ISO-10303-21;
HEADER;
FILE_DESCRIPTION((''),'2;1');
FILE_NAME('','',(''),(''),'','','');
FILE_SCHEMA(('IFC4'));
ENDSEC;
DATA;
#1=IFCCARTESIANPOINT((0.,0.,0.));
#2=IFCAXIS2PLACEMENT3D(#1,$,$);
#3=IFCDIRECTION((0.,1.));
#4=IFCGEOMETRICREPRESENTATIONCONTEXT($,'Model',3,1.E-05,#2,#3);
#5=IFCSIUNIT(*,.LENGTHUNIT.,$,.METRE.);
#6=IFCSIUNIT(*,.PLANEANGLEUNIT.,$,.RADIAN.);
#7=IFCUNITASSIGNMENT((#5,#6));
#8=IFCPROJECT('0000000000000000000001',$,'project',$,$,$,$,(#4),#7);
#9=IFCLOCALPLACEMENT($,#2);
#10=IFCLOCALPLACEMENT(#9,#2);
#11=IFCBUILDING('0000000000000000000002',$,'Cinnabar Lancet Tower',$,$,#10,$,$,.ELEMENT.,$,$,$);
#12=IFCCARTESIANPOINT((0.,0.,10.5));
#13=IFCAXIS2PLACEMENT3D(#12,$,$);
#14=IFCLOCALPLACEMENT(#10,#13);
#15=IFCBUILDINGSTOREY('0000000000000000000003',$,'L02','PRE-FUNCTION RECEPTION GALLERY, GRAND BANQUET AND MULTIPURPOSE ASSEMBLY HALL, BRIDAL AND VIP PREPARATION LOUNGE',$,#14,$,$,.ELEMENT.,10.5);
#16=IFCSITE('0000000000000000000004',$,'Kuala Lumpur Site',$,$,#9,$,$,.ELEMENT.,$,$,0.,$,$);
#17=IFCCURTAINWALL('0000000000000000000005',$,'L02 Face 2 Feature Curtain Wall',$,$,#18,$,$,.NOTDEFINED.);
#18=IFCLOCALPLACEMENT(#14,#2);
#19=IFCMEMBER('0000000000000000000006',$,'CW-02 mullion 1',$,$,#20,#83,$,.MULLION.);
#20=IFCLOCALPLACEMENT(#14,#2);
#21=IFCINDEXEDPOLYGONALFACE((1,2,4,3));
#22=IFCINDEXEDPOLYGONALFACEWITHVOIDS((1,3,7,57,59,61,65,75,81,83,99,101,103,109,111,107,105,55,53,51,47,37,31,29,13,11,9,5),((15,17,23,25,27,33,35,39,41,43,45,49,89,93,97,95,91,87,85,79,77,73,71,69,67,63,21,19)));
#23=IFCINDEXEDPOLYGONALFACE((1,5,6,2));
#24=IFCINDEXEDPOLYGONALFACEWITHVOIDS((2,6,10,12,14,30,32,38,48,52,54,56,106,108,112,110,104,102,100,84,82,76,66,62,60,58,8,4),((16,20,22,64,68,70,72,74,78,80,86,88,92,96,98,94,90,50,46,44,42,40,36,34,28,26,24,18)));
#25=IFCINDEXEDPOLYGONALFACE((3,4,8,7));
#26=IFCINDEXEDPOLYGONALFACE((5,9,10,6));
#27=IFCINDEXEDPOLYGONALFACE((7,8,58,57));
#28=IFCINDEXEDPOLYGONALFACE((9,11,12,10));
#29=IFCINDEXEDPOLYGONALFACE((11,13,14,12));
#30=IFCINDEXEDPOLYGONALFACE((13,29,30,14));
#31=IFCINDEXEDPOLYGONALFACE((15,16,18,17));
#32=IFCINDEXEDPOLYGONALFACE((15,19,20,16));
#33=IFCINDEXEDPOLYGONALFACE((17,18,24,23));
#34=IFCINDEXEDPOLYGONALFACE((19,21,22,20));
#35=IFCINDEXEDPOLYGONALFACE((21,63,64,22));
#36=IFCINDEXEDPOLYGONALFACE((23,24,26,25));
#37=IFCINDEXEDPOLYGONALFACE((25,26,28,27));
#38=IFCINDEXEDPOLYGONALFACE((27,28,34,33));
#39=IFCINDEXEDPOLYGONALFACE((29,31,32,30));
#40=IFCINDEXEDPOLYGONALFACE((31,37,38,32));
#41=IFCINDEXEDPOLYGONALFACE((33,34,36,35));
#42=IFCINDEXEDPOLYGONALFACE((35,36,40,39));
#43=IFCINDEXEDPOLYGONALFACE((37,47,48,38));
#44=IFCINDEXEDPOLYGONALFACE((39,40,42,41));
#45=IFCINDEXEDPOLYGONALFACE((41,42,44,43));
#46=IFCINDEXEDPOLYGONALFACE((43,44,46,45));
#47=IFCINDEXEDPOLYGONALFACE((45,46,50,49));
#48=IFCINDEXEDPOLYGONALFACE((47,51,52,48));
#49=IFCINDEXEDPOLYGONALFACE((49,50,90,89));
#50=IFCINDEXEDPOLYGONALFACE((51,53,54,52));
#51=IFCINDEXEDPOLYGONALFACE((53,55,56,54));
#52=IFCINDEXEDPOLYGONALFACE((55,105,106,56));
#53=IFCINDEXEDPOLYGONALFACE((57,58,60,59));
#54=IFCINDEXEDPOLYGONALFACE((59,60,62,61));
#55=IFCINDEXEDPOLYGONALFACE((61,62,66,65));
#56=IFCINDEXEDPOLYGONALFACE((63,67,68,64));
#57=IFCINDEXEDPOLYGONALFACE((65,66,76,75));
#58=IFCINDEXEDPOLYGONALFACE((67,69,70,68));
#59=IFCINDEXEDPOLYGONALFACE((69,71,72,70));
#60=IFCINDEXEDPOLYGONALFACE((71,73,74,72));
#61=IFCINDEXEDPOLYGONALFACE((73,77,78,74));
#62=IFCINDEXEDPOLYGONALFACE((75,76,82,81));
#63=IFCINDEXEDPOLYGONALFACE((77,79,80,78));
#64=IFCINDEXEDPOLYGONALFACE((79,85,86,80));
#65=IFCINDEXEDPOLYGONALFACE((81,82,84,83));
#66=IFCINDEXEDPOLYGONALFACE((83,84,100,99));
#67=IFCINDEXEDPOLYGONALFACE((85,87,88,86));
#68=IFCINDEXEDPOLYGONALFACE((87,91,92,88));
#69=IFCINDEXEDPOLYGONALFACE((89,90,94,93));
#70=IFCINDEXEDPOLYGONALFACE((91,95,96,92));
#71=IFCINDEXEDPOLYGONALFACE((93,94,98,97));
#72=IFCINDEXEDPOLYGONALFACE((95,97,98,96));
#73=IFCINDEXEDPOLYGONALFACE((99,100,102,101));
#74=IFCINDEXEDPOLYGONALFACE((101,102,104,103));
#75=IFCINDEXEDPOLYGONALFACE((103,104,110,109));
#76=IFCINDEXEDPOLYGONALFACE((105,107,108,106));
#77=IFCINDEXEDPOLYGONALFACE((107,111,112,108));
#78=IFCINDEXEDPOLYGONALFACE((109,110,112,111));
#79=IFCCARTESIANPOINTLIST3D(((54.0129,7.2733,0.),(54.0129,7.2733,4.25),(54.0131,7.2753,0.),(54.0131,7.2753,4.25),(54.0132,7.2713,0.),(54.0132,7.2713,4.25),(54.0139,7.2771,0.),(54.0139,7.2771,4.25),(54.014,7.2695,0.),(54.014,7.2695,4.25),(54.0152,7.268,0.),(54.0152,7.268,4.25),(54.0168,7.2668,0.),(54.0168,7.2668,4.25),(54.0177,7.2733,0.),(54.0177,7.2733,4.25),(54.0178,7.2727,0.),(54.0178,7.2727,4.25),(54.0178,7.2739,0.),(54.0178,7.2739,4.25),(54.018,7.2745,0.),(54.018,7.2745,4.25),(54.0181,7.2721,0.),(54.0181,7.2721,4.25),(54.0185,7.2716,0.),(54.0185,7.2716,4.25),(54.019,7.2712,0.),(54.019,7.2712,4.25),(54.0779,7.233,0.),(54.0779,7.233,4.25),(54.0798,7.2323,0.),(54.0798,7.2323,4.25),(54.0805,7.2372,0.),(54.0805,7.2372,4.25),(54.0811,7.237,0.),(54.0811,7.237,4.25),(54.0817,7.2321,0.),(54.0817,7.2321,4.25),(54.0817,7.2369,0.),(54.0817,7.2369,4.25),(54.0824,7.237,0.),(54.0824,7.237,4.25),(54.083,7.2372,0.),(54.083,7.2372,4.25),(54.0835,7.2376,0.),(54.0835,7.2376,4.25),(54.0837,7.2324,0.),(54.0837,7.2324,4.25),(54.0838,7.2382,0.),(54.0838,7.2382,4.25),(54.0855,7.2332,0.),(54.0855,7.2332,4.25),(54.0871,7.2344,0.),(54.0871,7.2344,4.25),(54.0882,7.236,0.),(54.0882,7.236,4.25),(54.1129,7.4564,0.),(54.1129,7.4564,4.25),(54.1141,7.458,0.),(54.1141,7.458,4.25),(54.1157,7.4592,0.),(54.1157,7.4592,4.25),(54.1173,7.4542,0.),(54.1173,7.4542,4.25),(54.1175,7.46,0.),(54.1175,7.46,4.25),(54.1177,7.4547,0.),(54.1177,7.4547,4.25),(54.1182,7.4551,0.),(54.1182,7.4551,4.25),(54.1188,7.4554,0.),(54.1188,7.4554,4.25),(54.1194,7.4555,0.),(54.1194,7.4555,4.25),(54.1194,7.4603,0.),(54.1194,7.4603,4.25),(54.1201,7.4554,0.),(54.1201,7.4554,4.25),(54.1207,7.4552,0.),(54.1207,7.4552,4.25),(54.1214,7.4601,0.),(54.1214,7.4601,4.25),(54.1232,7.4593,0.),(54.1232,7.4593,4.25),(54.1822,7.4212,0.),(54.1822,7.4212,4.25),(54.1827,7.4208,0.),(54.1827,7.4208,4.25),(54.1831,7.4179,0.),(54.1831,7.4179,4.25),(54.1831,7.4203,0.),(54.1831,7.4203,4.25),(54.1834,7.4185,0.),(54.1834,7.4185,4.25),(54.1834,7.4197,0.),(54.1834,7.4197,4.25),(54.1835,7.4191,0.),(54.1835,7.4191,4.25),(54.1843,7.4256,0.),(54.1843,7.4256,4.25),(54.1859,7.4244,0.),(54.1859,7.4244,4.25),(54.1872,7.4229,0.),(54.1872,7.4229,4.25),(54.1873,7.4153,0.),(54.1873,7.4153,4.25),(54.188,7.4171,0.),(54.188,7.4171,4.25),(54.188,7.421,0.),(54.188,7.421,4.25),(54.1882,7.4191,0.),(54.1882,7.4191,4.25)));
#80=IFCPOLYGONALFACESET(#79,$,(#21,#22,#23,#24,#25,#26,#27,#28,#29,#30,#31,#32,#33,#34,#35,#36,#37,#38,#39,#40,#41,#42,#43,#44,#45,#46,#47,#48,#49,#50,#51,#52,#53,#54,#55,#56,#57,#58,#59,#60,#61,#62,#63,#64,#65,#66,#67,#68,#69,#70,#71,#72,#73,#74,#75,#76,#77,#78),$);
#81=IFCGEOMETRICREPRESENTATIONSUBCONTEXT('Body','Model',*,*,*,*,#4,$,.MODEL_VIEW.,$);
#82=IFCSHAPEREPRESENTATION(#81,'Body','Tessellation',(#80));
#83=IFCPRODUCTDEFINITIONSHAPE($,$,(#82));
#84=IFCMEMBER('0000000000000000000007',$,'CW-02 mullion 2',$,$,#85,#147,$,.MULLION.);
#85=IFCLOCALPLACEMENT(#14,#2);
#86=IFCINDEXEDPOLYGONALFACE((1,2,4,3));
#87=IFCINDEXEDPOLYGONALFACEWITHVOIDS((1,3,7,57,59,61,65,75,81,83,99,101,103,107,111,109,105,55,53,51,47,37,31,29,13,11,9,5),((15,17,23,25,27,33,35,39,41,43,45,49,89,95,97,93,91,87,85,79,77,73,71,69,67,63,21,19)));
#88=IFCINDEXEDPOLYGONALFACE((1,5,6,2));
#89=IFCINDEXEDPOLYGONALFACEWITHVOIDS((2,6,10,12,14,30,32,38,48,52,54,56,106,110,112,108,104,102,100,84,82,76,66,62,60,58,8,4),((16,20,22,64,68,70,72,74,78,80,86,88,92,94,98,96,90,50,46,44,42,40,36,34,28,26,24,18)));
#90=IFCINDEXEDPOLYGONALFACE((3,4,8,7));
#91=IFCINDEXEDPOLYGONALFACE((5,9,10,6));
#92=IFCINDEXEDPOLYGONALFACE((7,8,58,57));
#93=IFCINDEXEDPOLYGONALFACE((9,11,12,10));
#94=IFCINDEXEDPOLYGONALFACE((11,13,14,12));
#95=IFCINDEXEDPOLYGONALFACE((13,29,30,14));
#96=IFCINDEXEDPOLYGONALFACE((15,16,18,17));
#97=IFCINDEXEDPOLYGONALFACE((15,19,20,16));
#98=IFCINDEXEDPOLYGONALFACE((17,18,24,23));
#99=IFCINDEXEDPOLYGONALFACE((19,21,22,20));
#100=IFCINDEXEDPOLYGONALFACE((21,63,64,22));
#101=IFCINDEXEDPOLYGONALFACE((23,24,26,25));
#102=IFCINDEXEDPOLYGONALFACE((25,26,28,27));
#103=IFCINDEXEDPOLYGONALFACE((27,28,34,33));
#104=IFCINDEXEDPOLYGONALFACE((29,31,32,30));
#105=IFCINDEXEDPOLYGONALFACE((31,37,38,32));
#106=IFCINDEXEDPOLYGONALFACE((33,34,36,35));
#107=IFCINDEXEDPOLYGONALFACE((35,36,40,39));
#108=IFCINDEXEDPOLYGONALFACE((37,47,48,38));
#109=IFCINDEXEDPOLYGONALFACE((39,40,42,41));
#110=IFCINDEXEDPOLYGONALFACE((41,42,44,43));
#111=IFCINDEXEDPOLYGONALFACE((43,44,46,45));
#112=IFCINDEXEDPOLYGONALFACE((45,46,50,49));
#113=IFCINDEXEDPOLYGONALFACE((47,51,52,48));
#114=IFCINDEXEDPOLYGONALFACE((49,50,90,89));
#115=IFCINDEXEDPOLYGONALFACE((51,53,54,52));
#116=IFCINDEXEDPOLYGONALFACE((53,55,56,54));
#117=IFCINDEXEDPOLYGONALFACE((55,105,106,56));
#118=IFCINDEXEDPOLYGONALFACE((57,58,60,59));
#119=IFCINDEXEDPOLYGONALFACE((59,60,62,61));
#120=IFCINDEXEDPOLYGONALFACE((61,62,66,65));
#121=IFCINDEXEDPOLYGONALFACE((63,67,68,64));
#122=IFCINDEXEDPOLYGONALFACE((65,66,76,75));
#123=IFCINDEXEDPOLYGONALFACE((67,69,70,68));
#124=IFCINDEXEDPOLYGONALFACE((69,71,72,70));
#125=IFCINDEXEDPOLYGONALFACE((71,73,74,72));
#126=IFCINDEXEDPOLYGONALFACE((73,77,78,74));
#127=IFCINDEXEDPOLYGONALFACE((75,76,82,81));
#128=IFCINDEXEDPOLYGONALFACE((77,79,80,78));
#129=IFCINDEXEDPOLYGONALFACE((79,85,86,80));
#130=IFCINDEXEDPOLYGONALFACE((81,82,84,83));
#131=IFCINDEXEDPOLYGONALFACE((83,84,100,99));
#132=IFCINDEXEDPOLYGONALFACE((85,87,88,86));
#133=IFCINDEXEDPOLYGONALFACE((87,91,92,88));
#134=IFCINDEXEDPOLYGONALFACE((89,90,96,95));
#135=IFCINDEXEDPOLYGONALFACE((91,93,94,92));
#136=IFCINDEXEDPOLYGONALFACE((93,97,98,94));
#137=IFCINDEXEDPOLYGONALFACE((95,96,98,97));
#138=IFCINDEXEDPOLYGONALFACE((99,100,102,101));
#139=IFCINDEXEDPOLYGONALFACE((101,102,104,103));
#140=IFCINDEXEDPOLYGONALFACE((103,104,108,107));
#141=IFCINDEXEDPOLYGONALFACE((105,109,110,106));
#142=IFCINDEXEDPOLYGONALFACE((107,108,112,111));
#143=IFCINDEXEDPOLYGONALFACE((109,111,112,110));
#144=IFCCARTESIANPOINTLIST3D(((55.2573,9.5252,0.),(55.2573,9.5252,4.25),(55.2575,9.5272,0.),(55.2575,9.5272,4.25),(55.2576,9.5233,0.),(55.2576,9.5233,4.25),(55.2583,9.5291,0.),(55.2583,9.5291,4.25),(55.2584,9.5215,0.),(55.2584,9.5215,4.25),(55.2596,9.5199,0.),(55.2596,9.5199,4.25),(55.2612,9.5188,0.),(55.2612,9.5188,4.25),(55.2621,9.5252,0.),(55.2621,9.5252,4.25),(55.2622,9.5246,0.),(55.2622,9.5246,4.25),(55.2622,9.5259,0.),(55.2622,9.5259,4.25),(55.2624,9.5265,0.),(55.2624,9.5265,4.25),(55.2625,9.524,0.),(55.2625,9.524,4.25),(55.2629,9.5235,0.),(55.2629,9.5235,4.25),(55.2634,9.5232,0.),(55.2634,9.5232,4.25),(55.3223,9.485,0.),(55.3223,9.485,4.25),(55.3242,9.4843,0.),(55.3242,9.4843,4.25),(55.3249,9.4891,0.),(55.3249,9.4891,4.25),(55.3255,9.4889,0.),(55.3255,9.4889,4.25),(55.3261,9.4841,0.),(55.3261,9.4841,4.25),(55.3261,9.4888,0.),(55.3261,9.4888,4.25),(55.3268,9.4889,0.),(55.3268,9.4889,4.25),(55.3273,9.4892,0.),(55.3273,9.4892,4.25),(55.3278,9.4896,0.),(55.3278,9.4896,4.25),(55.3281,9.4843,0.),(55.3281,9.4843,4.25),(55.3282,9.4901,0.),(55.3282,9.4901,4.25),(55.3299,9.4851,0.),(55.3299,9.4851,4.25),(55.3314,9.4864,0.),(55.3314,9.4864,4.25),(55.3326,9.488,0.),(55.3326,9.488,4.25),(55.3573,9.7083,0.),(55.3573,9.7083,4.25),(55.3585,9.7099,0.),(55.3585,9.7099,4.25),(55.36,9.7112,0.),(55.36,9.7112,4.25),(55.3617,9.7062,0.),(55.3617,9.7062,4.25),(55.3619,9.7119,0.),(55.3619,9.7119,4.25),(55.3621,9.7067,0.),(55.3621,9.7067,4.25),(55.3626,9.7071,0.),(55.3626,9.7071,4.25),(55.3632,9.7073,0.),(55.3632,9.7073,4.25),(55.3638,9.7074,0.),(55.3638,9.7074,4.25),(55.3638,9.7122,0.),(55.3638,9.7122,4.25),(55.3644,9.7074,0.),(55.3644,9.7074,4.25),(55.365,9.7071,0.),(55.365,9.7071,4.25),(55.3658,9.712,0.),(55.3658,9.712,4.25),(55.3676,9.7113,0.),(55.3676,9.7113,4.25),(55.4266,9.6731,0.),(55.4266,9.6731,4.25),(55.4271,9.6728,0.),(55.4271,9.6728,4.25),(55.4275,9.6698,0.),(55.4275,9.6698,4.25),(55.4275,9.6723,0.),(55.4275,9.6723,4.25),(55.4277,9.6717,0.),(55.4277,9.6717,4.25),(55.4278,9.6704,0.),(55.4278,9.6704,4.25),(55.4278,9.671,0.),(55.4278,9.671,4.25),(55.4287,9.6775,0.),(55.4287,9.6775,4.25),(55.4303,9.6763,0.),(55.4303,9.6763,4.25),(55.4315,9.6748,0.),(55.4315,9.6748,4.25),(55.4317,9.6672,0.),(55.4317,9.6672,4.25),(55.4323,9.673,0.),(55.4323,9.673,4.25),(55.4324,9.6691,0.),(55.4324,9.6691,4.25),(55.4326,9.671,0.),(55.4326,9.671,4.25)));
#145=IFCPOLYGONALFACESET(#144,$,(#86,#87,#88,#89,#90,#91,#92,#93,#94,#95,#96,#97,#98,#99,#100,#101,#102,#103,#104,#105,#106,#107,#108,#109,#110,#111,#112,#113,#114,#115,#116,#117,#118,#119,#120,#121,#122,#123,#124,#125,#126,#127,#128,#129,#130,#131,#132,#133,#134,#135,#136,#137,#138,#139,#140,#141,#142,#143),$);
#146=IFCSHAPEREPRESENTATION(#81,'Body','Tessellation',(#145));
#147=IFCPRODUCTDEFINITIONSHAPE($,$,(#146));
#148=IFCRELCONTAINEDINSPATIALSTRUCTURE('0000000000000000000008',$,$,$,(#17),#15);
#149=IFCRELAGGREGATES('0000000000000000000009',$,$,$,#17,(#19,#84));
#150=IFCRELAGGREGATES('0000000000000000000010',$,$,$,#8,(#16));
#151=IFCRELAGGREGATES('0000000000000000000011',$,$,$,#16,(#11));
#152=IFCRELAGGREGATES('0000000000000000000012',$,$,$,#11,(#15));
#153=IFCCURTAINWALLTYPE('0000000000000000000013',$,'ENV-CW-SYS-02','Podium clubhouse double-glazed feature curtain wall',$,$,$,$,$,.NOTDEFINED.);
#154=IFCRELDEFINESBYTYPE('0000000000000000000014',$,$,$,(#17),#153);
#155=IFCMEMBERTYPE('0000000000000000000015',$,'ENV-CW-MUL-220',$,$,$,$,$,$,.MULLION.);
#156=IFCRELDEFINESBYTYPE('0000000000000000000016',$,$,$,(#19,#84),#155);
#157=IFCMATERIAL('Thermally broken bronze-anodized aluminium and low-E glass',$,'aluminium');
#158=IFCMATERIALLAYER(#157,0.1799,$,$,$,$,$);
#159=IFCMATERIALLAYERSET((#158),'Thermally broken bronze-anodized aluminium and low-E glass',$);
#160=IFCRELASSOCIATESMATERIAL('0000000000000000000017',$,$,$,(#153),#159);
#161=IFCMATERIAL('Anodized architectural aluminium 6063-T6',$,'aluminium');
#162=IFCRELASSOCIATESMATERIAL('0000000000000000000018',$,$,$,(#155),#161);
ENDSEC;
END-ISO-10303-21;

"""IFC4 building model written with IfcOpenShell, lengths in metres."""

from ifc_helpers import new_model, si_unit, direction, frame, origin, origin_2d, place, context, subcontext, project, spatial, hollow_rectangle, extrude, material, layer, layer_set, material_profile, profile_set, type_object, element, aggregate, save


model = new_model("IFC4")

# Units and contexts
model_context = context("Model", 3, precision=1e-05, world=origin(), true_north=direction((0.0, 1.0)))
body_context = subcontext(model_context, "Body", "Model", "MODEL_VIEW")
ifc_project = project(units=[si_unit("LENGTHUNIT", "METRE"), si_unit("PLANEANGLEUNIT", "RADIAN")], contexts=[model_context])

# Site, building, storey
site_placement = place(None, origin())
site = spatial("IfcSite", under=ifc_project, at=site_placement, Name="Kuala Lumpur Site", CompositionType="ELEMENT", RefElevation=0.0)
building_placement = place(site_placement, origin())
building = spatial("IfcBuilding", under=site, at=building_placement, Name="Cinnabar Lancet Tower", CompositionType="ELEMENT")
storey_placement = place(building_placement, frame((0.0, 0.0, 10.5)))
storey = spatial("IfcBuildingStorey", under=building, at=storey_placement, Name="L02", Description="PRE-FUNCTION RECEPTION GALLERY, GRAND BANQUET AND MULTIPURPOSE ASSEMBLY HALL, BRIDAL AND VIP PREPARATION LOUNGE", CompositionType="ELEMENT", Elevation=10.5)

# Curtain wall, members
ifc_material_1 = material(Name="Thermally broken bronze-anodized aluminium and low-E glass", Category="aluminium")
ifc_layer_1 = layer(ifc_material_1, 0.1799)
ifc_layer_set_1 = layer_set([ifc_layer_1], Name="Thermally broken bronze-anodized aluminium and low-E glass")
curtain_wall_type = type_object("IfcCurtainWallType", Name="ENV-CW-SYS-02", Description="Podium clubhouse double-glazed feature curtain wall", PredefinedType="NOTDEFINED", material=ifc_layer_set_1)
curtain_wall_placement = place(storey_placement, origin())
curtain_wall = element("IfcCurtainWall", 1, at=curtain_wall_placement, inside=storey, type_object=curtain_wall_type, Name="L02 Face 2 Feature Curtain Wall", PredefinedType="NOTDEFINED")
ifc_material_2 = material(Name="Anodized architectural aluminium 6063-T6", Category="aluminium")
ifc_material_profile_1 = material_profile(ifc_material_2, hollow_rectangle(XDim=0.085, YDim=0.22, WallThickness=0.0049, InnerFilletRadius=0.0024, OuterFilletRadius=0.0076, at=origin_2d()), Name="CW-MUL 220x85x5")
ifc_profile_set_1 = profile_set([ifc_material_profile_1], Name="Anodized architectural aluminium 6063-T6")
member_type_1 = type_object("IfcMemberType", Name="ENV-CW-MUL-220", PredefinedType="MULLION", material=ifc_profile_set_1)
member_1_placement = place(storey_placement, frame((54.1006, 7.3462, 0.0), z_axis=(0.0, 0.0, 1.0), x_axis=(-0.875242, 0.483685, 0.0)))
member_1 = element("IfcMember", 2, at=member_1_placement, type_object=member_type_1, Name="CW-02 mullion 1", PredefinedType="MULLION", context=body_context, shape_type="SweptSolid", body=[
    extrude(hollow_rectangle(XDim=0.085, YDim=0.22, WallThickness=0.0049, InnerFilletRadius=0.0024, OuterFilletRadius=0.0076, at=origin_2d()), origin(), (0.0, 0.0, 1.0), 4.25),
])
member_2_placement = place(storey_placement, frame((55.345, 9.5981, 0.0), z_axis=(0.0, 0.0, 1.0), x_axis=(-0.875242, 0.483685, 0.0)))
member_2 = element("IfcMember", 3, at=member_2_placement, type_object=member_type_1, Name="CW-02 mullion 2", PredefinedType="MULLION", context=body_context, shape_type="SweptSolid", body=[
    extrude(hollow_rectangle(XDim=0.085, YDim=0.22, WallThickness=0.0049, InnerFilletRadius=0.0024, OuterFilletRadius=0.0076, at=origin_2d()), origin(), (0.0, 0.0, 1.0), 4.25),
])

aggregate(curtain_wall, [member_1, member_2])

save(model, "model.ifc")
